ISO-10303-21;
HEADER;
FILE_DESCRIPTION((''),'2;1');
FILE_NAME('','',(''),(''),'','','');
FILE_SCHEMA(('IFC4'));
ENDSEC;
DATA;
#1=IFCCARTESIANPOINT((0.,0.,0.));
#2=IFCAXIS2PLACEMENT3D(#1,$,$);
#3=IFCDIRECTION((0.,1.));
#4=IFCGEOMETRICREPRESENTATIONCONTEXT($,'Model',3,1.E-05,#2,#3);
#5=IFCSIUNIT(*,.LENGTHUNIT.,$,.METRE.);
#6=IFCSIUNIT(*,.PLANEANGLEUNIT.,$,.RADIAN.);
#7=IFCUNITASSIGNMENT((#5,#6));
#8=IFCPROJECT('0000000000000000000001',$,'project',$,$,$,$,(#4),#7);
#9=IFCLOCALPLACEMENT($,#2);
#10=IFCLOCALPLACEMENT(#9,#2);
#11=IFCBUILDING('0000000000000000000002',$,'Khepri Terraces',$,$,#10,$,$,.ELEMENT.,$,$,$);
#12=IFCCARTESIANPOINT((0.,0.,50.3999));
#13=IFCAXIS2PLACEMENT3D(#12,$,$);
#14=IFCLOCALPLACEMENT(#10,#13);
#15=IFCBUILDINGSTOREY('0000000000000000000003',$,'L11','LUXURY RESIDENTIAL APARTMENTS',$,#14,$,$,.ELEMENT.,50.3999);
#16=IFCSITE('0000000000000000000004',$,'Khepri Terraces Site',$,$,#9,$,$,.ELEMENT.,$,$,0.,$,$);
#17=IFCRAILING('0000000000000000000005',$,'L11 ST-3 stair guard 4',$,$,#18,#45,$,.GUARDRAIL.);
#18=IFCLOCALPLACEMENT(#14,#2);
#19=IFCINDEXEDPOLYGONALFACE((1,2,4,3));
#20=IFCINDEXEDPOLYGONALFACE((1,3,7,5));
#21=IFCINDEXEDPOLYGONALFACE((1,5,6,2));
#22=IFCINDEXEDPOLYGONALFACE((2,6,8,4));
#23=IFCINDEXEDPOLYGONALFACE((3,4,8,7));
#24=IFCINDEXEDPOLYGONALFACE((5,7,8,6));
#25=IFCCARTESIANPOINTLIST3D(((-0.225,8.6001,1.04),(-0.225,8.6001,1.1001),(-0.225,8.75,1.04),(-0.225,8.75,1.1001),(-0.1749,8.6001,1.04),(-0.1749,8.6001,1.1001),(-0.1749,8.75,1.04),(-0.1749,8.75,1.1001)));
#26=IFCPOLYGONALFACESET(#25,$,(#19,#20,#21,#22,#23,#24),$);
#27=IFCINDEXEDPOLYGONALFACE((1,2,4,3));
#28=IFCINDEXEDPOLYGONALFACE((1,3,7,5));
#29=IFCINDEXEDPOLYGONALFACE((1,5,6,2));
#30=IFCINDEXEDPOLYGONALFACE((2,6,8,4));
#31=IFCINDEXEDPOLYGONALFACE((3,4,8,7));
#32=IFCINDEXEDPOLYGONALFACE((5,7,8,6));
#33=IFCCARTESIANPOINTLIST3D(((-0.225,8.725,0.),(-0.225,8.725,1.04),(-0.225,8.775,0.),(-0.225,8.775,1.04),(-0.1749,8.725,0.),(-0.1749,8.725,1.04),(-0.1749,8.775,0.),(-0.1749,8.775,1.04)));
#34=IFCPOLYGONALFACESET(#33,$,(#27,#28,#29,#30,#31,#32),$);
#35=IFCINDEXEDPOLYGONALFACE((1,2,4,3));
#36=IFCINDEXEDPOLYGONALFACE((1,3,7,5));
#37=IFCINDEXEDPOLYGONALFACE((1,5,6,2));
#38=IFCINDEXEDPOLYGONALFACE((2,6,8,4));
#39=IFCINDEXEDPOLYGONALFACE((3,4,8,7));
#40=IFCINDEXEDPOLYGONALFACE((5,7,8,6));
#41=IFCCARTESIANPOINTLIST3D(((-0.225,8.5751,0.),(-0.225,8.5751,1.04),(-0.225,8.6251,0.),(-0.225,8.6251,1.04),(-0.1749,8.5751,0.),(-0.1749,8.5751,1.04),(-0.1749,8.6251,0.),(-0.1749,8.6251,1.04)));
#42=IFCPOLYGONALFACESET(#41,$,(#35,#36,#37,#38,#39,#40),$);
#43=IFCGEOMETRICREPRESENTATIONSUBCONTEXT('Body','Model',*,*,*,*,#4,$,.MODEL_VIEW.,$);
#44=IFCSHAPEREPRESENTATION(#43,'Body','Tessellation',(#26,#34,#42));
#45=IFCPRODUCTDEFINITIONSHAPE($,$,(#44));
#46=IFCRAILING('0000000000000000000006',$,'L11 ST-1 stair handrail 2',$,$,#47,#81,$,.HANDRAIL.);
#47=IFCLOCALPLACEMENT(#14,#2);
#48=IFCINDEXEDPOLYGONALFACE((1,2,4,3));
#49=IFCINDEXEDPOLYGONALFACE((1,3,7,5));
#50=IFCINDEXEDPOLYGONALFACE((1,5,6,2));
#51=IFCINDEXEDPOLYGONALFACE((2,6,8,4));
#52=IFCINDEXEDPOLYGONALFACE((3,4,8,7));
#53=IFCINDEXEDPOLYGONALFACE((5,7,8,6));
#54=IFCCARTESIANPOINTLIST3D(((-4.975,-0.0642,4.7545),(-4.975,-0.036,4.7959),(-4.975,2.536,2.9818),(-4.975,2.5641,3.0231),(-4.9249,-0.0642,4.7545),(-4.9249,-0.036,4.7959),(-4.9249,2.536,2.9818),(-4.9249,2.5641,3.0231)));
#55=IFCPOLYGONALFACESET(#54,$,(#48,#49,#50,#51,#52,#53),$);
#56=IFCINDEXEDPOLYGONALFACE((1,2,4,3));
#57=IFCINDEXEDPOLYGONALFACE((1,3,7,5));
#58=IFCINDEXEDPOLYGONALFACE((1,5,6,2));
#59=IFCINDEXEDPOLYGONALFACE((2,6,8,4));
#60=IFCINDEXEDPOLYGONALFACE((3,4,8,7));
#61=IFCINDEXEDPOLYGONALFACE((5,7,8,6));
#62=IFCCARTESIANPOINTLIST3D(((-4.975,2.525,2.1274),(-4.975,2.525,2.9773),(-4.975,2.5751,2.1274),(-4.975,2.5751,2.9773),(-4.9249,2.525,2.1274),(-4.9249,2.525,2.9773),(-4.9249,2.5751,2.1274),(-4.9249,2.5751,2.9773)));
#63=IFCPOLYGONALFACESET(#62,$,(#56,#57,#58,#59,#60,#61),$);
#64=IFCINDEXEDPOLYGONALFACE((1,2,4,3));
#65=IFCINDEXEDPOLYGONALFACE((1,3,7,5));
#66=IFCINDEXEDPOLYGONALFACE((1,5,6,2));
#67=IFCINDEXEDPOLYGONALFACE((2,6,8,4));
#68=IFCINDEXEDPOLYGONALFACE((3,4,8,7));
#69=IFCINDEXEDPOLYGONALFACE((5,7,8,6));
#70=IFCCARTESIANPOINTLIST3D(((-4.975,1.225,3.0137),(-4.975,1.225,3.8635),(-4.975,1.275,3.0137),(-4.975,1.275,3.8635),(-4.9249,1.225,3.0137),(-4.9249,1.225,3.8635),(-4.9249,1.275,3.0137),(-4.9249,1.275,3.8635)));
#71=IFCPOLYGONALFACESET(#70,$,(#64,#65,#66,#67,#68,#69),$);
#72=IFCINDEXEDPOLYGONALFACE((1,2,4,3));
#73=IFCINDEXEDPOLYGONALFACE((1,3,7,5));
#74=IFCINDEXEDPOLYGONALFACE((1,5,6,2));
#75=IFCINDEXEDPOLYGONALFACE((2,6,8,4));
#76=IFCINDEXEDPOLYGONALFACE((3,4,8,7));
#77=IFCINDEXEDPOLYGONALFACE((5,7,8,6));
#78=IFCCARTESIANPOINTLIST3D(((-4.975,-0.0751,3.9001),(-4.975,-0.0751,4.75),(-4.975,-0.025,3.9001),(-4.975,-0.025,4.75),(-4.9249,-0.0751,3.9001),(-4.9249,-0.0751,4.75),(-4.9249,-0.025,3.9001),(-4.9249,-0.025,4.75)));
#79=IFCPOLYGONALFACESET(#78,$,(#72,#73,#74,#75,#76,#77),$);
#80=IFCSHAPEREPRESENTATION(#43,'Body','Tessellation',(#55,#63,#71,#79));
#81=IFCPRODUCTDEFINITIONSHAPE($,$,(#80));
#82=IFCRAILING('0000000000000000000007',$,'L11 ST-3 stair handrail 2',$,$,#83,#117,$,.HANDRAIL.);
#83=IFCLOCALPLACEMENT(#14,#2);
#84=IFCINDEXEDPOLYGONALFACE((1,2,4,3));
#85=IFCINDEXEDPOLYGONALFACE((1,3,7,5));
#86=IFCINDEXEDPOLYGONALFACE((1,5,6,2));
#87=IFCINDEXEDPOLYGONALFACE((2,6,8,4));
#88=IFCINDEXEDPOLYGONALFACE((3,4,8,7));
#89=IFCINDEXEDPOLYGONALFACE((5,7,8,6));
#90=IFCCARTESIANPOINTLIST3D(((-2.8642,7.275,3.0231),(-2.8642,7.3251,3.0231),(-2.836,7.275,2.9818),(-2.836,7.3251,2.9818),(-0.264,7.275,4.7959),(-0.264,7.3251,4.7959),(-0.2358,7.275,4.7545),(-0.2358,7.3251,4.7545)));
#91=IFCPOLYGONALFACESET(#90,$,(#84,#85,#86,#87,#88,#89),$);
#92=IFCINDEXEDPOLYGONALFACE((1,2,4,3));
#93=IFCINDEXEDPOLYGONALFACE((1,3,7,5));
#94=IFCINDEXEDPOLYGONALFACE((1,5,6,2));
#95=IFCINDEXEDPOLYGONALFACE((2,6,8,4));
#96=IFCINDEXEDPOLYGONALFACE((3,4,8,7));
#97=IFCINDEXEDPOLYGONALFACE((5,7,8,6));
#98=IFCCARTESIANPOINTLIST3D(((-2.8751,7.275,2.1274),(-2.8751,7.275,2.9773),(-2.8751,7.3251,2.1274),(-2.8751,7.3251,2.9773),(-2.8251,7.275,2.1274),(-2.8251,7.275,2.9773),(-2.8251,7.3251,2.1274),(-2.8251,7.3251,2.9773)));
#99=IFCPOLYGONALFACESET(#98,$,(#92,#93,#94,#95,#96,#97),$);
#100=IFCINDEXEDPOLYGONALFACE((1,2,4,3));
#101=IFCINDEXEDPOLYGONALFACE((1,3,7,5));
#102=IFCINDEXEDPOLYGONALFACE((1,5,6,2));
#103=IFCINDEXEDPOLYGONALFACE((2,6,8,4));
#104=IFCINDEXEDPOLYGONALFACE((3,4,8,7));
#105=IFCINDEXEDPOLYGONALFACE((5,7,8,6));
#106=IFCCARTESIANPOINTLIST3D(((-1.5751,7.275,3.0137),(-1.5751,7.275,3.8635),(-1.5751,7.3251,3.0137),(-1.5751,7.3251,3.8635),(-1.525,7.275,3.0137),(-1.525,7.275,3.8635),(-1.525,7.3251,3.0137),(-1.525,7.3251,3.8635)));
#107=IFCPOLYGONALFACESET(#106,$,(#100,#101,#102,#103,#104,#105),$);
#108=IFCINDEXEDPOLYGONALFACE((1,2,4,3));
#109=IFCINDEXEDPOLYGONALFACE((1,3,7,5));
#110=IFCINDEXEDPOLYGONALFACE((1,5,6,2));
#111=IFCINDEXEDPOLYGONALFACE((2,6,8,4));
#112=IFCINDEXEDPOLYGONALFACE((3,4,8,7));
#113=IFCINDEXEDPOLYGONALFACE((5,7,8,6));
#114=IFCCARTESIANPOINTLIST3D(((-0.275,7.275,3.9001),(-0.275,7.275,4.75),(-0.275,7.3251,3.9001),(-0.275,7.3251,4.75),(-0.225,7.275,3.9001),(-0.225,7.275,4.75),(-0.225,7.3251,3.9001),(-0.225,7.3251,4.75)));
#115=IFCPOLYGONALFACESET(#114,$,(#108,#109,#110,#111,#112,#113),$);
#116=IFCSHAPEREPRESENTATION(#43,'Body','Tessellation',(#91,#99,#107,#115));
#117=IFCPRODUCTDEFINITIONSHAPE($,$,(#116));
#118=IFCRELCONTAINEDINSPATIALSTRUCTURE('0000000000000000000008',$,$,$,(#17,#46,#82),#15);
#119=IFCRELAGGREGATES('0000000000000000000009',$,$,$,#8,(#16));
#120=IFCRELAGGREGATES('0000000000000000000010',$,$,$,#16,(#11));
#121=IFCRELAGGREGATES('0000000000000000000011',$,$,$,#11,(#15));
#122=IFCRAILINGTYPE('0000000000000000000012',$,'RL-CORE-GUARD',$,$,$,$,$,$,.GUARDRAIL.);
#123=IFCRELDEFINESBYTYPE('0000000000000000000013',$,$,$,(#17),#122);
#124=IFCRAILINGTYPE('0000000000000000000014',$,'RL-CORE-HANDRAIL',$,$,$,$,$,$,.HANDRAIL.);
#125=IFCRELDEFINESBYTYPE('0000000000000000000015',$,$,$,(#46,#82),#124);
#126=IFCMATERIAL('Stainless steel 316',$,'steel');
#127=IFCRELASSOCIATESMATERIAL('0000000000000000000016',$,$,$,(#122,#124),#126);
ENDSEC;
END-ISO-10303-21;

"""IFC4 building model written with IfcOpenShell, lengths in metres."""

from ifc_helpers import new_model, si_unit, direction, frame, origin, origin_2d, place, context, subcontext, project, spatial, rectangle, extrude, material, type_object, element, save


model = new_model("IFC4")

# Units and contexts
model_context = context("Model", 3, precision=1e-05, world=origin(), true_north=direction((0.0, 1.0)))
body_context = subcontext(model_context, "Body", "Model", "MODEL_VIEW")
ifc_project = project(units=[si_unit("LENGTHUNIT", "METRE"), si_unit("PLANEANGLEUNIT", "RADIAN")], contexts=[model_context])

# Site, building, storey
site_placement = place(None, origin())
site = spatial("IfcSite", under=ifc_project, at=site_placement, Name="Khepri Terraces Site", CompositionType="ELEMENT", RefElevation=0.0)
building_placement = place(site_placement, origin())
building = spatial("IfcBuilding", under=site, at=building_placement, Name="Khepri Terraces", CompositionType="ELEMENT")
storey_placement = place(building_placement, frame((0.0, 0.0, 50.3999)))
storey = spatial("IfcBuildingStorey", under=building, at=storey_placement, Name="L11", Description="LUXURY RESIDENTIAL APARTMENTS", CompositionType="ELEMENT", Elevation=50.3999)

# Railings
ifc_material_1 = material(Name="Stainless steel 316", Category="steel")
railing_type_1 = type_object("IfcRailingType", Name="RL-CORE-GUARD", PredefinedType="GUARDRAIL", material=ifc_material_1)
railing_1_placement = place(storey_placement, frame((-0.2, 8.75, 0.0)))
element("IfcRailing", 1, at=railing_1_placement, inside=storey, type_object=railing_type_1, Name="L11 ST-3 stair guard 4", PredefinedType="GUARDRAIL", context=body_context, shape_type="SweptSolid", body=[
    extrude(rectangle(XDim=0.05, YDim=0.0601, at=origin_2d()), frame((0.0, 0.0, 1.0701), z_axis=(0.0, -1.0, 0.0), x_axis=(1.0, 0.0, 0.0)), (0.0, 0.0, 1.0), 0.1499),
    extrude(rectangle(XDim=0.05, YDim=0.05, at=origin_2d()), origin(), (0.0, 0.0, 1.0), 1.04),
    extrude(rectangle(XDim=0.05, YDim=0.05, at=origin_2d()), frame((0.0, -0.1499, 0.0)), (0.0, 0.0, 1.0), 1.04),
])
railing_type_2 = type_object("IfcRailingType", Name="RL-CORE-HANDRAIL", PredefinedType="HANDRAIL", material=ifc_material_1)
railing_2_placement = place(storey_placement, frame((-4.95, 2.55, 2.1274)))
element("IfcRailing", 2, at=railing_2_placement, inside=storey, type_object=railing_type_2, Name="L11 ST-1 stair handrail 2", PredefinedType="HANDRAIL", context=body_context, shape_type="SweptSolid", body=[
    extrude(rectangle(XDim=0.05, YDim=0.05, at=origin_2d()), frame((0.0, 0.0, 0.875), z_axis=(0.0, -0.82624, 0.563318), x_axis=(1.0, 0.0, 0.0)), (0.0, 0.0, 1.0), 3.147),
    extrude(rectangle(XDim=0.05, YDim=0.05, at=origin_2d()), origin(), (0.0, 0.0, 1.0), 0.8499),
    extrude(rectangle(XDim=0.05, YDim=0.05, at=origin_2d()), frame((0.0, -1.3, 0.8862)), (0.0, 0.0, 1.0), 0.8499),
    extrude(rectangle(XDim=0.05, YDim=0.05, at=origin_2d()), frame((0.0, -2.6001, 1.7727)), (0.0, 0.0, 1.0), 0.8499),
])
railing_3_placement = place(storey_placement, frame((-2.8501, 7.3, 2.1274)))
element("IfcRailing", 3, at=railing_3_placement, inside=storey, type_object=railing_type_2, Name="L11 ST-3 stair handrail 2", PredefinedType="HANDRAIL", context=body_context, shape_type="SweptSolid", body=[
    extrude(rectangle(XDim=0.05, YDim=0.05, at=origin_2d()), frame((0.0, 0.0, 0.875), z_axis=(0.82624, 0.0, 0.563318), x_axis=(0.0, 1.0, 0.0)), (0.0, 0.0, 1.0), 3.147),
    extrude(rectangle(XDim=0.05, YDim=0.05, at=origin_2d()), origin(), (0.0, 0.0, 1.0), 0.8499),
    extrude(rectangle(XDim=0.05, YDim=0.05, at=origin_2d()), frame((1.3, 0.0, 0.8862)), (0.0, 0.0, 1.0), 0.8499),
    extrude(rectangle(XDim=0.05, YDim=0.05, at=origin_2d()), frame((2.6001, 0.0, 1.7727)), (0.0, 0.0, 1.0), 0.8499),
])

save(model, "model.ifc")
